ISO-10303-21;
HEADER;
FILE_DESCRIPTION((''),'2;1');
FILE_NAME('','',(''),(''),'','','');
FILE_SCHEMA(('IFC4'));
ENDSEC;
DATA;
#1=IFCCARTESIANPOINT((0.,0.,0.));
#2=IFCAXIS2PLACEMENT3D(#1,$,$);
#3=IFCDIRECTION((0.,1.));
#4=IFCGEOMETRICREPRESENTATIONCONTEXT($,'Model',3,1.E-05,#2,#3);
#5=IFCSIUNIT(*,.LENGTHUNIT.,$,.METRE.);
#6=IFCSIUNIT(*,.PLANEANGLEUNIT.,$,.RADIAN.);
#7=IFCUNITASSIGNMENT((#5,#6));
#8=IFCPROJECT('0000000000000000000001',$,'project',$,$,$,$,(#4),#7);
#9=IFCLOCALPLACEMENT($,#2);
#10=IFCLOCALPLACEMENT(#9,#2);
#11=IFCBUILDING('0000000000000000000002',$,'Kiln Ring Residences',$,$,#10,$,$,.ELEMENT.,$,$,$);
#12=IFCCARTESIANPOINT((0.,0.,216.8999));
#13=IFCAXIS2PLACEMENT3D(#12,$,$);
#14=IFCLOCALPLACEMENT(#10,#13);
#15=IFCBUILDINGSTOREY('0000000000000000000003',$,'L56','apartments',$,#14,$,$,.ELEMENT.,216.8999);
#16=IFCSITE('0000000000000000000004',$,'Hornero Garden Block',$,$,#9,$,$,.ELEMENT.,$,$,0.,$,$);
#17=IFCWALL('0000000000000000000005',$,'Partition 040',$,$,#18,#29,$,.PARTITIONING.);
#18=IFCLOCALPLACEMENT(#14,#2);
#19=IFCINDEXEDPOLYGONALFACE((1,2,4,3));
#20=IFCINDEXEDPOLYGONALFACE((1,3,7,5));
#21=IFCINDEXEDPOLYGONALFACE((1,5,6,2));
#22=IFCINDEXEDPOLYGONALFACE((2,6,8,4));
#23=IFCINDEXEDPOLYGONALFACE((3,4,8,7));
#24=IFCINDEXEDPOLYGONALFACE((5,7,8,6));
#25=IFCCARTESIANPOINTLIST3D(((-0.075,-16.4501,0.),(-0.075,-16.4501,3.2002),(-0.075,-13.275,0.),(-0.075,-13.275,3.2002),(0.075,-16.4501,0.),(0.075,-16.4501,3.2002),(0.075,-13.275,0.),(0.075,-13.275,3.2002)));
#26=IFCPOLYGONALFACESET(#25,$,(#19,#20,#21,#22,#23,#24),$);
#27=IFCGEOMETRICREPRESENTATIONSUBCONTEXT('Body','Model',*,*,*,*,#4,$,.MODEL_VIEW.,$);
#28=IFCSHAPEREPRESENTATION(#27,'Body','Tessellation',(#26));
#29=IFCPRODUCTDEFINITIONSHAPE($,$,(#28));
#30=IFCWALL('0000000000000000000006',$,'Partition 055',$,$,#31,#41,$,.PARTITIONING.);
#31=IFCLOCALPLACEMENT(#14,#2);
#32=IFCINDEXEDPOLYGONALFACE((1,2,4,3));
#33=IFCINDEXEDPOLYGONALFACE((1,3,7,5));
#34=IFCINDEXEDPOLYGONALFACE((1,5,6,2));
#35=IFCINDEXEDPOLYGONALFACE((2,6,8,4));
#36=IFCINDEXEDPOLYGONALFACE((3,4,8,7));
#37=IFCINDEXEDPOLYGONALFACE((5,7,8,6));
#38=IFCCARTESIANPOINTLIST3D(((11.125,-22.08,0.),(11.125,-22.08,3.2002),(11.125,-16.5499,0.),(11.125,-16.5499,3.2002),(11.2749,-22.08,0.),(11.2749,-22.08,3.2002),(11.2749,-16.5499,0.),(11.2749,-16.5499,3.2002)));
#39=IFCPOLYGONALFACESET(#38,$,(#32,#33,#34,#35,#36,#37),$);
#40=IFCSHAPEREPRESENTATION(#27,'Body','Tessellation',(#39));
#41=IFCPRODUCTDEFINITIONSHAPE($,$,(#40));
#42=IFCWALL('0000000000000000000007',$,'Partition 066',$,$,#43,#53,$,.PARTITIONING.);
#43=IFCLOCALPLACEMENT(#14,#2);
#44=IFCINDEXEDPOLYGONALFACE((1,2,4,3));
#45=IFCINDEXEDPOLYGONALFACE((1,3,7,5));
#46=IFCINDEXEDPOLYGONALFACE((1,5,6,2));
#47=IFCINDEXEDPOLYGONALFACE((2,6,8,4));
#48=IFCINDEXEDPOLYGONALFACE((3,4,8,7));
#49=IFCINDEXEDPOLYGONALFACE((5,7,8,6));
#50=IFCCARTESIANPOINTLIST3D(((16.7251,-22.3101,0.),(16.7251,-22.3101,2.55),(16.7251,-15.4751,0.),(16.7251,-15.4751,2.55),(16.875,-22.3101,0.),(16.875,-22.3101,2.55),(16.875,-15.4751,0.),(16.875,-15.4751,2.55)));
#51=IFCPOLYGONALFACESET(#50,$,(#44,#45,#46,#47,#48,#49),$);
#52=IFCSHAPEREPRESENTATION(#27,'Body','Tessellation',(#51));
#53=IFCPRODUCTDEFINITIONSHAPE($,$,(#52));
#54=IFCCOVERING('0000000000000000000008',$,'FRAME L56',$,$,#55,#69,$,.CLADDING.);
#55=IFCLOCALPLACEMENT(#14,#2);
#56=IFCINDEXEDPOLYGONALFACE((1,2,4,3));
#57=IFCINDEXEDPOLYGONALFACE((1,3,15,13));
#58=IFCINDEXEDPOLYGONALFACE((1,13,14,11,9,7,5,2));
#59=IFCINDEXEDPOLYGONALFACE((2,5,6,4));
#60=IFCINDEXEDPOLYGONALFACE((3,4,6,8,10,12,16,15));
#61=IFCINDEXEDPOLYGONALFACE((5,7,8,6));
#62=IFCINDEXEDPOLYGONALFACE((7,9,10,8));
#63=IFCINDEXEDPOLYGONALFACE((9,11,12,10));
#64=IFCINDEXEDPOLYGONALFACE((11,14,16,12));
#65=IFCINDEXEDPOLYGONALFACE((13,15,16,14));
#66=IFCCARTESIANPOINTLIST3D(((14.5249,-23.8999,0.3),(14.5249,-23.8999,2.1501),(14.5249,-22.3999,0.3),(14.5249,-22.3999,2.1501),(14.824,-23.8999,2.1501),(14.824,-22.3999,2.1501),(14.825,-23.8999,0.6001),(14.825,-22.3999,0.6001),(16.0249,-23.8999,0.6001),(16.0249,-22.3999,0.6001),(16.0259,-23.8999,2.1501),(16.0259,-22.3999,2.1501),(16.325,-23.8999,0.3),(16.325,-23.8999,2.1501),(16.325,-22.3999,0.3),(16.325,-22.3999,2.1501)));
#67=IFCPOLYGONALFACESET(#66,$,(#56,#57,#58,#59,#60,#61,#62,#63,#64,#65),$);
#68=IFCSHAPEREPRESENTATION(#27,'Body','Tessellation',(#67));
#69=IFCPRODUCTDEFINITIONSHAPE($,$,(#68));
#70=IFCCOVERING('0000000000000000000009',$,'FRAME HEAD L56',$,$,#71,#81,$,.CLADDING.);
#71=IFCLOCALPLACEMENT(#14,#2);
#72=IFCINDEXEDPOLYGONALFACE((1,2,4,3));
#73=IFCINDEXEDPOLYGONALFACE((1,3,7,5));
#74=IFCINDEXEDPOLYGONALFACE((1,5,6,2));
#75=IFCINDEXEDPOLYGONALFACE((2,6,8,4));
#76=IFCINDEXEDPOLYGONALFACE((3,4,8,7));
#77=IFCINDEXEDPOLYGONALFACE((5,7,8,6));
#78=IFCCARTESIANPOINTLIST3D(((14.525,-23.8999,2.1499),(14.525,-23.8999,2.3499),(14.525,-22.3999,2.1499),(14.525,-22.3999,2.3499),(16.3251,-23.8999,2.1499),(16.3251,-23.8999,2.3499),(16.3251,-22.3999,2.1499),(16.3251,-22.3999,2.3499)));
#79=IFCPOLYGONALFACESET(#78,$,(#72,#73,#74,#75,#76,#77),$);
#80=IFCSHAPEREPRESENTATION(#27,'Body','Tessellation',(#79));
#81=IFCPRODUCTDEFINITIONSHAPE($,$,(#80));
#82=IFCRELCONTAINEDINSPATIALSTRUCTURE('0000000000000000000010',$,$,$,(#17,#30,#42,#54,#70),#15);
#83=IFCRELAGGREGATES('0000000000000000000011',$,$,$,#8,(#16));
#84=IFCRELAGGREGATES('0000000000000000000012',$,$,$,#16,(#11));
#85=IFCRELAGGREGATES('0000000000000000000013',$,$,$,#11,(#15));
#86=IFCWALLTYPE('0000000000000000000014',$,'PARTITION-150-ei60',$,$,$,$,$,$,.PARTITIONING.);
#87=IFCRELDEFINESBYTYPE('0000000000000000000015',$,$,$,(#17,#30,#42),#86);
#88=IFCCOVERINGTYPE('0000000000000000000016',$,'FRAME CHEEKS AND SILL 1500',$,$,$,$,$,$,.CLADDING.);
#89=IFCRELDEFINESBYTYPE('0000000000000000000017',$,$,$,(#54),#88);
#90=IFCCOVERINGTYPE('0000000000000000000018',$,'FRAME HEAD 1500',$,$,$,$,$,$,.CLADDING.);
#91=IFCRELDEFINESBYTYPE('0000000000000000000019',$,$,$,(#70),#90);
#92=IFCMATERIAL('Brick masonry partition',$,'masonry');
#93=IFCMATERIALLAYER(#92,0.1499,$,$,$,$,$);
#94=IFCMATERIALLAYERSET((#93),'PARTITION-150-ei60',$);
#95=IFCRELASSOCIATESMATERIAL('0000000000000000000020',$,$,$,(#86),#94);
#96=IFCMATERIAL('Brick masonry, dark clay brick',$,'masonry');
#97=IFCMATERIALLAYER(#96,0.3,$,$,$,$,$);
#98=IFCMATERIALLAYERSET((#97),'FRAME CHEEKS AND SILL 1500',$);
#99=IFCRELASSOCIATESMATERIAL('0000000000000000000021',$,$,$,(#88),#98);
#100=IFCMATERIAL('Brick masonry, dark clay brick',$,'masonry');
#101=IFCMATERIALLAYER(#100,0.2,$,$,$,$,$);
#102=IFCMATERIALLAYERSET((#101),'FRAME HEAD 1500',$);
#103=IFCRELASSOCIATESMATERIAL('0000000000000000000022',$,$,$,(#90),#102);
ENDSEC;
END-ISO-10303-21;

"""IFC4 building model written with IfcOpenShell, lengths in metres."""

from ifc_helpers import new_model, si_unit, direction, frame, frame_2d, origin, origin_2d, place, context, subcontext, project, spatial, polyline, rectangle, outline, extrude, material, layer, layer_set, type_object, element, save


model = new_model("IFC4")

# Units and contexts
model_context = context("Model", 3, precision=1e-05, world=origin(), true_north=direction((0.0, 1.0)))
body_context = subcontext(model_context, "Body", "Model", "MODEL_VIEW")
ifc_project = project(units=[si_unit("LENGTHUNIT", "METRE"), si_unit("PLANEANGLEUNIT", "RADIAN")], contexts=[model_context])

# Site, building, storey
site_placement = place(None, origin())
site = spatial("IfcSite", under=ifc_project, at=site_placement, Name="Hornero Garden Block", CompositionType="ELEMENT", RefElevation=0.0)
building_placement = place(site_placement, origin())
building = spatial("IfcBuilding", under=site, at=building_placement, Name="Kiln Ring Residences", CompositionType="ELEMENT")
storey_placement = place(building_placement, frame((0.0, 0.0, 216.8999)))
storey = spatial("IfcBuildingStorey", under=building, at=storey_placement, Name="L56", Description="apartments", CompositionType="ELEMENT", Elevation=216.8999)

# Walls
ifc_material_1 = material(Name="Brick masonry partition", Category="masonry")
ifc_layer_1 = layer(ifc_material_1, 0.1499)
ifc_layer_set_1 = layer_set([ifc_layer_1], Name="PARTITION-150-ei60")
wall_type_1 = type_object("IfcWallType", Name="PARTITION-150-ei60", PredefinedType="PARTITIONING", material=ifc_layer_set_1)
wall_1_placement = place(storey_placement, frame((0.0, -16.45, 0.0), z_axis=(0.0, 0.0, 1.0), x_axis=(0.0, 1.0, 0.0)))
element("IfcWall", 1, at=wall_1_placement, inside=storey, type_object=wall_type_1, Name="Partition 040", PredefinedType="PARTITIONING", context=body_context, shape_type="SweptSolid", body=[
    extrude(rectangle(XDim=3.175, YDim=0.1499, at=frame_2d((1.5874, 0.0))), origin(), (0.0, 0.0, 1.0), 3.2002),
])
wall_2_placement = place(storey_placement, frame((11.2, -22.0801, 0.0), z_axis=(0.0, 0.0, 1.0), x_axis=(0.0, 1.0, 0.0)))
element("IfcWall", 2, at=wall_2_placement, inside=storey, type_object=wall_type_1, Name="Partition 055", PredefinedType="PARTITIONING", context=body_context, shape_type="SweptSolid", body=[
    extrude(rectangle(XDim=5.53, YDim=0.1499, at=frame_2d((2.7651, 0.0))), origin(), (0.0, 0.0, 1.0), 3.2002),
])
wall_3_placement = place(storey_placement, frame((16.8, -22.3101, 0.0), z_axis=(0.0, 0.0, 1.0), x_axis=(0.0, 1.0, 0.0)))
element("IfcWall", 3, at=wall_3_placement, inside=storey, type_object=wall_type_1, Name="Partition 066", PredefinedType="PARTITIONING", context=body_context, shape_type="SweptSolid", body=[
    extrude(rectangle(XDim=6.835, YDim=0.1499, at=frame_2d((3.4175, 0.0))), origin(), (0.0, 0.0, 1.0), 2.55),
])

# Coverings
ifc_material_2 = material(Name="Brick masonry, dark clay brick", Category="masonry")
ifc_layer_2 = layer(ifc_material_2, 0.3)
ifc_layer_set_2 = layer_set([ifc_layer_2], Name="FRAME CHEEKS AND SILL 1500")
covering_type_1 = type_object("IfcCoveringType", Name="FRAME CHEEKS AND SILL 1500", PredefinedType="CLADDING", material=ifc_layer_set_2)
covering_1_placement = place(storey_placement, frame((14.5249, -23.1499, 0.3), z_axis=(0.0, 0.0, 1.0), x_axis=(1.0, 0.0, 0.0)))
element("IfcCovering", 4, at=covering_1_placement, inside=storey, type_object=covering_type_1, Name="FRAME L56", PredefinedType="CLADDING", context=body_context, shape_type="SweptSolid", body=[
    extrude(outline(polyline([(0.0, 0.0), (1.8, 0.0), (1.8, 1.8501), (1.501, 1.8501), (1.5, 0.3), (0.3, 0.3), (0.2991, 1.8501), (0.0, 1.8501), (0.0, 0.0)])), frame((0.0, 0.75, 0.0), z_axis=(0.0, -1.0, 0.0), x_axis=(1.0, 0.0, 0.0)), (0.0, 0.0, 1.0), 1.5),
])
ifc_material_3 = material(Name="Brick masonry, dark clay brick", Category="masonry")
ifc_layer_3 = layer(ifc_material_3, 0.2)
ifc_layer_set_3 = layer_set([ifc_layer_3], Name="FRAME HEAD 1500")
covering_type_2 = type_object("IfcCoveringType", Name="FRAME HEAD 1500", PredefinedType="CLADDING", material=ifc_layer_set_3)
covering_2_placement = place(storey_placement, frame((15.425, -23.1499, 2.1499), z_axis=(0.0, 0.0, 1.0), x_axis=(1.0, 0.0, 0.0)))
element("IfcCovering", 5, at=covering_2_placement, inside=storey, type_object=covering_type_2, Name="FRAME HEAD L56", PredefinedType="CLADDING", context=body_context, shape_type="SweptSolid", body=[
    extrude(rectangle(XDim=1.8, YDim=1.5, at=origin_2d()), origin(), (0.0, 0.0, 1.0), 0.2),
])

save(model, "model.ifc")
